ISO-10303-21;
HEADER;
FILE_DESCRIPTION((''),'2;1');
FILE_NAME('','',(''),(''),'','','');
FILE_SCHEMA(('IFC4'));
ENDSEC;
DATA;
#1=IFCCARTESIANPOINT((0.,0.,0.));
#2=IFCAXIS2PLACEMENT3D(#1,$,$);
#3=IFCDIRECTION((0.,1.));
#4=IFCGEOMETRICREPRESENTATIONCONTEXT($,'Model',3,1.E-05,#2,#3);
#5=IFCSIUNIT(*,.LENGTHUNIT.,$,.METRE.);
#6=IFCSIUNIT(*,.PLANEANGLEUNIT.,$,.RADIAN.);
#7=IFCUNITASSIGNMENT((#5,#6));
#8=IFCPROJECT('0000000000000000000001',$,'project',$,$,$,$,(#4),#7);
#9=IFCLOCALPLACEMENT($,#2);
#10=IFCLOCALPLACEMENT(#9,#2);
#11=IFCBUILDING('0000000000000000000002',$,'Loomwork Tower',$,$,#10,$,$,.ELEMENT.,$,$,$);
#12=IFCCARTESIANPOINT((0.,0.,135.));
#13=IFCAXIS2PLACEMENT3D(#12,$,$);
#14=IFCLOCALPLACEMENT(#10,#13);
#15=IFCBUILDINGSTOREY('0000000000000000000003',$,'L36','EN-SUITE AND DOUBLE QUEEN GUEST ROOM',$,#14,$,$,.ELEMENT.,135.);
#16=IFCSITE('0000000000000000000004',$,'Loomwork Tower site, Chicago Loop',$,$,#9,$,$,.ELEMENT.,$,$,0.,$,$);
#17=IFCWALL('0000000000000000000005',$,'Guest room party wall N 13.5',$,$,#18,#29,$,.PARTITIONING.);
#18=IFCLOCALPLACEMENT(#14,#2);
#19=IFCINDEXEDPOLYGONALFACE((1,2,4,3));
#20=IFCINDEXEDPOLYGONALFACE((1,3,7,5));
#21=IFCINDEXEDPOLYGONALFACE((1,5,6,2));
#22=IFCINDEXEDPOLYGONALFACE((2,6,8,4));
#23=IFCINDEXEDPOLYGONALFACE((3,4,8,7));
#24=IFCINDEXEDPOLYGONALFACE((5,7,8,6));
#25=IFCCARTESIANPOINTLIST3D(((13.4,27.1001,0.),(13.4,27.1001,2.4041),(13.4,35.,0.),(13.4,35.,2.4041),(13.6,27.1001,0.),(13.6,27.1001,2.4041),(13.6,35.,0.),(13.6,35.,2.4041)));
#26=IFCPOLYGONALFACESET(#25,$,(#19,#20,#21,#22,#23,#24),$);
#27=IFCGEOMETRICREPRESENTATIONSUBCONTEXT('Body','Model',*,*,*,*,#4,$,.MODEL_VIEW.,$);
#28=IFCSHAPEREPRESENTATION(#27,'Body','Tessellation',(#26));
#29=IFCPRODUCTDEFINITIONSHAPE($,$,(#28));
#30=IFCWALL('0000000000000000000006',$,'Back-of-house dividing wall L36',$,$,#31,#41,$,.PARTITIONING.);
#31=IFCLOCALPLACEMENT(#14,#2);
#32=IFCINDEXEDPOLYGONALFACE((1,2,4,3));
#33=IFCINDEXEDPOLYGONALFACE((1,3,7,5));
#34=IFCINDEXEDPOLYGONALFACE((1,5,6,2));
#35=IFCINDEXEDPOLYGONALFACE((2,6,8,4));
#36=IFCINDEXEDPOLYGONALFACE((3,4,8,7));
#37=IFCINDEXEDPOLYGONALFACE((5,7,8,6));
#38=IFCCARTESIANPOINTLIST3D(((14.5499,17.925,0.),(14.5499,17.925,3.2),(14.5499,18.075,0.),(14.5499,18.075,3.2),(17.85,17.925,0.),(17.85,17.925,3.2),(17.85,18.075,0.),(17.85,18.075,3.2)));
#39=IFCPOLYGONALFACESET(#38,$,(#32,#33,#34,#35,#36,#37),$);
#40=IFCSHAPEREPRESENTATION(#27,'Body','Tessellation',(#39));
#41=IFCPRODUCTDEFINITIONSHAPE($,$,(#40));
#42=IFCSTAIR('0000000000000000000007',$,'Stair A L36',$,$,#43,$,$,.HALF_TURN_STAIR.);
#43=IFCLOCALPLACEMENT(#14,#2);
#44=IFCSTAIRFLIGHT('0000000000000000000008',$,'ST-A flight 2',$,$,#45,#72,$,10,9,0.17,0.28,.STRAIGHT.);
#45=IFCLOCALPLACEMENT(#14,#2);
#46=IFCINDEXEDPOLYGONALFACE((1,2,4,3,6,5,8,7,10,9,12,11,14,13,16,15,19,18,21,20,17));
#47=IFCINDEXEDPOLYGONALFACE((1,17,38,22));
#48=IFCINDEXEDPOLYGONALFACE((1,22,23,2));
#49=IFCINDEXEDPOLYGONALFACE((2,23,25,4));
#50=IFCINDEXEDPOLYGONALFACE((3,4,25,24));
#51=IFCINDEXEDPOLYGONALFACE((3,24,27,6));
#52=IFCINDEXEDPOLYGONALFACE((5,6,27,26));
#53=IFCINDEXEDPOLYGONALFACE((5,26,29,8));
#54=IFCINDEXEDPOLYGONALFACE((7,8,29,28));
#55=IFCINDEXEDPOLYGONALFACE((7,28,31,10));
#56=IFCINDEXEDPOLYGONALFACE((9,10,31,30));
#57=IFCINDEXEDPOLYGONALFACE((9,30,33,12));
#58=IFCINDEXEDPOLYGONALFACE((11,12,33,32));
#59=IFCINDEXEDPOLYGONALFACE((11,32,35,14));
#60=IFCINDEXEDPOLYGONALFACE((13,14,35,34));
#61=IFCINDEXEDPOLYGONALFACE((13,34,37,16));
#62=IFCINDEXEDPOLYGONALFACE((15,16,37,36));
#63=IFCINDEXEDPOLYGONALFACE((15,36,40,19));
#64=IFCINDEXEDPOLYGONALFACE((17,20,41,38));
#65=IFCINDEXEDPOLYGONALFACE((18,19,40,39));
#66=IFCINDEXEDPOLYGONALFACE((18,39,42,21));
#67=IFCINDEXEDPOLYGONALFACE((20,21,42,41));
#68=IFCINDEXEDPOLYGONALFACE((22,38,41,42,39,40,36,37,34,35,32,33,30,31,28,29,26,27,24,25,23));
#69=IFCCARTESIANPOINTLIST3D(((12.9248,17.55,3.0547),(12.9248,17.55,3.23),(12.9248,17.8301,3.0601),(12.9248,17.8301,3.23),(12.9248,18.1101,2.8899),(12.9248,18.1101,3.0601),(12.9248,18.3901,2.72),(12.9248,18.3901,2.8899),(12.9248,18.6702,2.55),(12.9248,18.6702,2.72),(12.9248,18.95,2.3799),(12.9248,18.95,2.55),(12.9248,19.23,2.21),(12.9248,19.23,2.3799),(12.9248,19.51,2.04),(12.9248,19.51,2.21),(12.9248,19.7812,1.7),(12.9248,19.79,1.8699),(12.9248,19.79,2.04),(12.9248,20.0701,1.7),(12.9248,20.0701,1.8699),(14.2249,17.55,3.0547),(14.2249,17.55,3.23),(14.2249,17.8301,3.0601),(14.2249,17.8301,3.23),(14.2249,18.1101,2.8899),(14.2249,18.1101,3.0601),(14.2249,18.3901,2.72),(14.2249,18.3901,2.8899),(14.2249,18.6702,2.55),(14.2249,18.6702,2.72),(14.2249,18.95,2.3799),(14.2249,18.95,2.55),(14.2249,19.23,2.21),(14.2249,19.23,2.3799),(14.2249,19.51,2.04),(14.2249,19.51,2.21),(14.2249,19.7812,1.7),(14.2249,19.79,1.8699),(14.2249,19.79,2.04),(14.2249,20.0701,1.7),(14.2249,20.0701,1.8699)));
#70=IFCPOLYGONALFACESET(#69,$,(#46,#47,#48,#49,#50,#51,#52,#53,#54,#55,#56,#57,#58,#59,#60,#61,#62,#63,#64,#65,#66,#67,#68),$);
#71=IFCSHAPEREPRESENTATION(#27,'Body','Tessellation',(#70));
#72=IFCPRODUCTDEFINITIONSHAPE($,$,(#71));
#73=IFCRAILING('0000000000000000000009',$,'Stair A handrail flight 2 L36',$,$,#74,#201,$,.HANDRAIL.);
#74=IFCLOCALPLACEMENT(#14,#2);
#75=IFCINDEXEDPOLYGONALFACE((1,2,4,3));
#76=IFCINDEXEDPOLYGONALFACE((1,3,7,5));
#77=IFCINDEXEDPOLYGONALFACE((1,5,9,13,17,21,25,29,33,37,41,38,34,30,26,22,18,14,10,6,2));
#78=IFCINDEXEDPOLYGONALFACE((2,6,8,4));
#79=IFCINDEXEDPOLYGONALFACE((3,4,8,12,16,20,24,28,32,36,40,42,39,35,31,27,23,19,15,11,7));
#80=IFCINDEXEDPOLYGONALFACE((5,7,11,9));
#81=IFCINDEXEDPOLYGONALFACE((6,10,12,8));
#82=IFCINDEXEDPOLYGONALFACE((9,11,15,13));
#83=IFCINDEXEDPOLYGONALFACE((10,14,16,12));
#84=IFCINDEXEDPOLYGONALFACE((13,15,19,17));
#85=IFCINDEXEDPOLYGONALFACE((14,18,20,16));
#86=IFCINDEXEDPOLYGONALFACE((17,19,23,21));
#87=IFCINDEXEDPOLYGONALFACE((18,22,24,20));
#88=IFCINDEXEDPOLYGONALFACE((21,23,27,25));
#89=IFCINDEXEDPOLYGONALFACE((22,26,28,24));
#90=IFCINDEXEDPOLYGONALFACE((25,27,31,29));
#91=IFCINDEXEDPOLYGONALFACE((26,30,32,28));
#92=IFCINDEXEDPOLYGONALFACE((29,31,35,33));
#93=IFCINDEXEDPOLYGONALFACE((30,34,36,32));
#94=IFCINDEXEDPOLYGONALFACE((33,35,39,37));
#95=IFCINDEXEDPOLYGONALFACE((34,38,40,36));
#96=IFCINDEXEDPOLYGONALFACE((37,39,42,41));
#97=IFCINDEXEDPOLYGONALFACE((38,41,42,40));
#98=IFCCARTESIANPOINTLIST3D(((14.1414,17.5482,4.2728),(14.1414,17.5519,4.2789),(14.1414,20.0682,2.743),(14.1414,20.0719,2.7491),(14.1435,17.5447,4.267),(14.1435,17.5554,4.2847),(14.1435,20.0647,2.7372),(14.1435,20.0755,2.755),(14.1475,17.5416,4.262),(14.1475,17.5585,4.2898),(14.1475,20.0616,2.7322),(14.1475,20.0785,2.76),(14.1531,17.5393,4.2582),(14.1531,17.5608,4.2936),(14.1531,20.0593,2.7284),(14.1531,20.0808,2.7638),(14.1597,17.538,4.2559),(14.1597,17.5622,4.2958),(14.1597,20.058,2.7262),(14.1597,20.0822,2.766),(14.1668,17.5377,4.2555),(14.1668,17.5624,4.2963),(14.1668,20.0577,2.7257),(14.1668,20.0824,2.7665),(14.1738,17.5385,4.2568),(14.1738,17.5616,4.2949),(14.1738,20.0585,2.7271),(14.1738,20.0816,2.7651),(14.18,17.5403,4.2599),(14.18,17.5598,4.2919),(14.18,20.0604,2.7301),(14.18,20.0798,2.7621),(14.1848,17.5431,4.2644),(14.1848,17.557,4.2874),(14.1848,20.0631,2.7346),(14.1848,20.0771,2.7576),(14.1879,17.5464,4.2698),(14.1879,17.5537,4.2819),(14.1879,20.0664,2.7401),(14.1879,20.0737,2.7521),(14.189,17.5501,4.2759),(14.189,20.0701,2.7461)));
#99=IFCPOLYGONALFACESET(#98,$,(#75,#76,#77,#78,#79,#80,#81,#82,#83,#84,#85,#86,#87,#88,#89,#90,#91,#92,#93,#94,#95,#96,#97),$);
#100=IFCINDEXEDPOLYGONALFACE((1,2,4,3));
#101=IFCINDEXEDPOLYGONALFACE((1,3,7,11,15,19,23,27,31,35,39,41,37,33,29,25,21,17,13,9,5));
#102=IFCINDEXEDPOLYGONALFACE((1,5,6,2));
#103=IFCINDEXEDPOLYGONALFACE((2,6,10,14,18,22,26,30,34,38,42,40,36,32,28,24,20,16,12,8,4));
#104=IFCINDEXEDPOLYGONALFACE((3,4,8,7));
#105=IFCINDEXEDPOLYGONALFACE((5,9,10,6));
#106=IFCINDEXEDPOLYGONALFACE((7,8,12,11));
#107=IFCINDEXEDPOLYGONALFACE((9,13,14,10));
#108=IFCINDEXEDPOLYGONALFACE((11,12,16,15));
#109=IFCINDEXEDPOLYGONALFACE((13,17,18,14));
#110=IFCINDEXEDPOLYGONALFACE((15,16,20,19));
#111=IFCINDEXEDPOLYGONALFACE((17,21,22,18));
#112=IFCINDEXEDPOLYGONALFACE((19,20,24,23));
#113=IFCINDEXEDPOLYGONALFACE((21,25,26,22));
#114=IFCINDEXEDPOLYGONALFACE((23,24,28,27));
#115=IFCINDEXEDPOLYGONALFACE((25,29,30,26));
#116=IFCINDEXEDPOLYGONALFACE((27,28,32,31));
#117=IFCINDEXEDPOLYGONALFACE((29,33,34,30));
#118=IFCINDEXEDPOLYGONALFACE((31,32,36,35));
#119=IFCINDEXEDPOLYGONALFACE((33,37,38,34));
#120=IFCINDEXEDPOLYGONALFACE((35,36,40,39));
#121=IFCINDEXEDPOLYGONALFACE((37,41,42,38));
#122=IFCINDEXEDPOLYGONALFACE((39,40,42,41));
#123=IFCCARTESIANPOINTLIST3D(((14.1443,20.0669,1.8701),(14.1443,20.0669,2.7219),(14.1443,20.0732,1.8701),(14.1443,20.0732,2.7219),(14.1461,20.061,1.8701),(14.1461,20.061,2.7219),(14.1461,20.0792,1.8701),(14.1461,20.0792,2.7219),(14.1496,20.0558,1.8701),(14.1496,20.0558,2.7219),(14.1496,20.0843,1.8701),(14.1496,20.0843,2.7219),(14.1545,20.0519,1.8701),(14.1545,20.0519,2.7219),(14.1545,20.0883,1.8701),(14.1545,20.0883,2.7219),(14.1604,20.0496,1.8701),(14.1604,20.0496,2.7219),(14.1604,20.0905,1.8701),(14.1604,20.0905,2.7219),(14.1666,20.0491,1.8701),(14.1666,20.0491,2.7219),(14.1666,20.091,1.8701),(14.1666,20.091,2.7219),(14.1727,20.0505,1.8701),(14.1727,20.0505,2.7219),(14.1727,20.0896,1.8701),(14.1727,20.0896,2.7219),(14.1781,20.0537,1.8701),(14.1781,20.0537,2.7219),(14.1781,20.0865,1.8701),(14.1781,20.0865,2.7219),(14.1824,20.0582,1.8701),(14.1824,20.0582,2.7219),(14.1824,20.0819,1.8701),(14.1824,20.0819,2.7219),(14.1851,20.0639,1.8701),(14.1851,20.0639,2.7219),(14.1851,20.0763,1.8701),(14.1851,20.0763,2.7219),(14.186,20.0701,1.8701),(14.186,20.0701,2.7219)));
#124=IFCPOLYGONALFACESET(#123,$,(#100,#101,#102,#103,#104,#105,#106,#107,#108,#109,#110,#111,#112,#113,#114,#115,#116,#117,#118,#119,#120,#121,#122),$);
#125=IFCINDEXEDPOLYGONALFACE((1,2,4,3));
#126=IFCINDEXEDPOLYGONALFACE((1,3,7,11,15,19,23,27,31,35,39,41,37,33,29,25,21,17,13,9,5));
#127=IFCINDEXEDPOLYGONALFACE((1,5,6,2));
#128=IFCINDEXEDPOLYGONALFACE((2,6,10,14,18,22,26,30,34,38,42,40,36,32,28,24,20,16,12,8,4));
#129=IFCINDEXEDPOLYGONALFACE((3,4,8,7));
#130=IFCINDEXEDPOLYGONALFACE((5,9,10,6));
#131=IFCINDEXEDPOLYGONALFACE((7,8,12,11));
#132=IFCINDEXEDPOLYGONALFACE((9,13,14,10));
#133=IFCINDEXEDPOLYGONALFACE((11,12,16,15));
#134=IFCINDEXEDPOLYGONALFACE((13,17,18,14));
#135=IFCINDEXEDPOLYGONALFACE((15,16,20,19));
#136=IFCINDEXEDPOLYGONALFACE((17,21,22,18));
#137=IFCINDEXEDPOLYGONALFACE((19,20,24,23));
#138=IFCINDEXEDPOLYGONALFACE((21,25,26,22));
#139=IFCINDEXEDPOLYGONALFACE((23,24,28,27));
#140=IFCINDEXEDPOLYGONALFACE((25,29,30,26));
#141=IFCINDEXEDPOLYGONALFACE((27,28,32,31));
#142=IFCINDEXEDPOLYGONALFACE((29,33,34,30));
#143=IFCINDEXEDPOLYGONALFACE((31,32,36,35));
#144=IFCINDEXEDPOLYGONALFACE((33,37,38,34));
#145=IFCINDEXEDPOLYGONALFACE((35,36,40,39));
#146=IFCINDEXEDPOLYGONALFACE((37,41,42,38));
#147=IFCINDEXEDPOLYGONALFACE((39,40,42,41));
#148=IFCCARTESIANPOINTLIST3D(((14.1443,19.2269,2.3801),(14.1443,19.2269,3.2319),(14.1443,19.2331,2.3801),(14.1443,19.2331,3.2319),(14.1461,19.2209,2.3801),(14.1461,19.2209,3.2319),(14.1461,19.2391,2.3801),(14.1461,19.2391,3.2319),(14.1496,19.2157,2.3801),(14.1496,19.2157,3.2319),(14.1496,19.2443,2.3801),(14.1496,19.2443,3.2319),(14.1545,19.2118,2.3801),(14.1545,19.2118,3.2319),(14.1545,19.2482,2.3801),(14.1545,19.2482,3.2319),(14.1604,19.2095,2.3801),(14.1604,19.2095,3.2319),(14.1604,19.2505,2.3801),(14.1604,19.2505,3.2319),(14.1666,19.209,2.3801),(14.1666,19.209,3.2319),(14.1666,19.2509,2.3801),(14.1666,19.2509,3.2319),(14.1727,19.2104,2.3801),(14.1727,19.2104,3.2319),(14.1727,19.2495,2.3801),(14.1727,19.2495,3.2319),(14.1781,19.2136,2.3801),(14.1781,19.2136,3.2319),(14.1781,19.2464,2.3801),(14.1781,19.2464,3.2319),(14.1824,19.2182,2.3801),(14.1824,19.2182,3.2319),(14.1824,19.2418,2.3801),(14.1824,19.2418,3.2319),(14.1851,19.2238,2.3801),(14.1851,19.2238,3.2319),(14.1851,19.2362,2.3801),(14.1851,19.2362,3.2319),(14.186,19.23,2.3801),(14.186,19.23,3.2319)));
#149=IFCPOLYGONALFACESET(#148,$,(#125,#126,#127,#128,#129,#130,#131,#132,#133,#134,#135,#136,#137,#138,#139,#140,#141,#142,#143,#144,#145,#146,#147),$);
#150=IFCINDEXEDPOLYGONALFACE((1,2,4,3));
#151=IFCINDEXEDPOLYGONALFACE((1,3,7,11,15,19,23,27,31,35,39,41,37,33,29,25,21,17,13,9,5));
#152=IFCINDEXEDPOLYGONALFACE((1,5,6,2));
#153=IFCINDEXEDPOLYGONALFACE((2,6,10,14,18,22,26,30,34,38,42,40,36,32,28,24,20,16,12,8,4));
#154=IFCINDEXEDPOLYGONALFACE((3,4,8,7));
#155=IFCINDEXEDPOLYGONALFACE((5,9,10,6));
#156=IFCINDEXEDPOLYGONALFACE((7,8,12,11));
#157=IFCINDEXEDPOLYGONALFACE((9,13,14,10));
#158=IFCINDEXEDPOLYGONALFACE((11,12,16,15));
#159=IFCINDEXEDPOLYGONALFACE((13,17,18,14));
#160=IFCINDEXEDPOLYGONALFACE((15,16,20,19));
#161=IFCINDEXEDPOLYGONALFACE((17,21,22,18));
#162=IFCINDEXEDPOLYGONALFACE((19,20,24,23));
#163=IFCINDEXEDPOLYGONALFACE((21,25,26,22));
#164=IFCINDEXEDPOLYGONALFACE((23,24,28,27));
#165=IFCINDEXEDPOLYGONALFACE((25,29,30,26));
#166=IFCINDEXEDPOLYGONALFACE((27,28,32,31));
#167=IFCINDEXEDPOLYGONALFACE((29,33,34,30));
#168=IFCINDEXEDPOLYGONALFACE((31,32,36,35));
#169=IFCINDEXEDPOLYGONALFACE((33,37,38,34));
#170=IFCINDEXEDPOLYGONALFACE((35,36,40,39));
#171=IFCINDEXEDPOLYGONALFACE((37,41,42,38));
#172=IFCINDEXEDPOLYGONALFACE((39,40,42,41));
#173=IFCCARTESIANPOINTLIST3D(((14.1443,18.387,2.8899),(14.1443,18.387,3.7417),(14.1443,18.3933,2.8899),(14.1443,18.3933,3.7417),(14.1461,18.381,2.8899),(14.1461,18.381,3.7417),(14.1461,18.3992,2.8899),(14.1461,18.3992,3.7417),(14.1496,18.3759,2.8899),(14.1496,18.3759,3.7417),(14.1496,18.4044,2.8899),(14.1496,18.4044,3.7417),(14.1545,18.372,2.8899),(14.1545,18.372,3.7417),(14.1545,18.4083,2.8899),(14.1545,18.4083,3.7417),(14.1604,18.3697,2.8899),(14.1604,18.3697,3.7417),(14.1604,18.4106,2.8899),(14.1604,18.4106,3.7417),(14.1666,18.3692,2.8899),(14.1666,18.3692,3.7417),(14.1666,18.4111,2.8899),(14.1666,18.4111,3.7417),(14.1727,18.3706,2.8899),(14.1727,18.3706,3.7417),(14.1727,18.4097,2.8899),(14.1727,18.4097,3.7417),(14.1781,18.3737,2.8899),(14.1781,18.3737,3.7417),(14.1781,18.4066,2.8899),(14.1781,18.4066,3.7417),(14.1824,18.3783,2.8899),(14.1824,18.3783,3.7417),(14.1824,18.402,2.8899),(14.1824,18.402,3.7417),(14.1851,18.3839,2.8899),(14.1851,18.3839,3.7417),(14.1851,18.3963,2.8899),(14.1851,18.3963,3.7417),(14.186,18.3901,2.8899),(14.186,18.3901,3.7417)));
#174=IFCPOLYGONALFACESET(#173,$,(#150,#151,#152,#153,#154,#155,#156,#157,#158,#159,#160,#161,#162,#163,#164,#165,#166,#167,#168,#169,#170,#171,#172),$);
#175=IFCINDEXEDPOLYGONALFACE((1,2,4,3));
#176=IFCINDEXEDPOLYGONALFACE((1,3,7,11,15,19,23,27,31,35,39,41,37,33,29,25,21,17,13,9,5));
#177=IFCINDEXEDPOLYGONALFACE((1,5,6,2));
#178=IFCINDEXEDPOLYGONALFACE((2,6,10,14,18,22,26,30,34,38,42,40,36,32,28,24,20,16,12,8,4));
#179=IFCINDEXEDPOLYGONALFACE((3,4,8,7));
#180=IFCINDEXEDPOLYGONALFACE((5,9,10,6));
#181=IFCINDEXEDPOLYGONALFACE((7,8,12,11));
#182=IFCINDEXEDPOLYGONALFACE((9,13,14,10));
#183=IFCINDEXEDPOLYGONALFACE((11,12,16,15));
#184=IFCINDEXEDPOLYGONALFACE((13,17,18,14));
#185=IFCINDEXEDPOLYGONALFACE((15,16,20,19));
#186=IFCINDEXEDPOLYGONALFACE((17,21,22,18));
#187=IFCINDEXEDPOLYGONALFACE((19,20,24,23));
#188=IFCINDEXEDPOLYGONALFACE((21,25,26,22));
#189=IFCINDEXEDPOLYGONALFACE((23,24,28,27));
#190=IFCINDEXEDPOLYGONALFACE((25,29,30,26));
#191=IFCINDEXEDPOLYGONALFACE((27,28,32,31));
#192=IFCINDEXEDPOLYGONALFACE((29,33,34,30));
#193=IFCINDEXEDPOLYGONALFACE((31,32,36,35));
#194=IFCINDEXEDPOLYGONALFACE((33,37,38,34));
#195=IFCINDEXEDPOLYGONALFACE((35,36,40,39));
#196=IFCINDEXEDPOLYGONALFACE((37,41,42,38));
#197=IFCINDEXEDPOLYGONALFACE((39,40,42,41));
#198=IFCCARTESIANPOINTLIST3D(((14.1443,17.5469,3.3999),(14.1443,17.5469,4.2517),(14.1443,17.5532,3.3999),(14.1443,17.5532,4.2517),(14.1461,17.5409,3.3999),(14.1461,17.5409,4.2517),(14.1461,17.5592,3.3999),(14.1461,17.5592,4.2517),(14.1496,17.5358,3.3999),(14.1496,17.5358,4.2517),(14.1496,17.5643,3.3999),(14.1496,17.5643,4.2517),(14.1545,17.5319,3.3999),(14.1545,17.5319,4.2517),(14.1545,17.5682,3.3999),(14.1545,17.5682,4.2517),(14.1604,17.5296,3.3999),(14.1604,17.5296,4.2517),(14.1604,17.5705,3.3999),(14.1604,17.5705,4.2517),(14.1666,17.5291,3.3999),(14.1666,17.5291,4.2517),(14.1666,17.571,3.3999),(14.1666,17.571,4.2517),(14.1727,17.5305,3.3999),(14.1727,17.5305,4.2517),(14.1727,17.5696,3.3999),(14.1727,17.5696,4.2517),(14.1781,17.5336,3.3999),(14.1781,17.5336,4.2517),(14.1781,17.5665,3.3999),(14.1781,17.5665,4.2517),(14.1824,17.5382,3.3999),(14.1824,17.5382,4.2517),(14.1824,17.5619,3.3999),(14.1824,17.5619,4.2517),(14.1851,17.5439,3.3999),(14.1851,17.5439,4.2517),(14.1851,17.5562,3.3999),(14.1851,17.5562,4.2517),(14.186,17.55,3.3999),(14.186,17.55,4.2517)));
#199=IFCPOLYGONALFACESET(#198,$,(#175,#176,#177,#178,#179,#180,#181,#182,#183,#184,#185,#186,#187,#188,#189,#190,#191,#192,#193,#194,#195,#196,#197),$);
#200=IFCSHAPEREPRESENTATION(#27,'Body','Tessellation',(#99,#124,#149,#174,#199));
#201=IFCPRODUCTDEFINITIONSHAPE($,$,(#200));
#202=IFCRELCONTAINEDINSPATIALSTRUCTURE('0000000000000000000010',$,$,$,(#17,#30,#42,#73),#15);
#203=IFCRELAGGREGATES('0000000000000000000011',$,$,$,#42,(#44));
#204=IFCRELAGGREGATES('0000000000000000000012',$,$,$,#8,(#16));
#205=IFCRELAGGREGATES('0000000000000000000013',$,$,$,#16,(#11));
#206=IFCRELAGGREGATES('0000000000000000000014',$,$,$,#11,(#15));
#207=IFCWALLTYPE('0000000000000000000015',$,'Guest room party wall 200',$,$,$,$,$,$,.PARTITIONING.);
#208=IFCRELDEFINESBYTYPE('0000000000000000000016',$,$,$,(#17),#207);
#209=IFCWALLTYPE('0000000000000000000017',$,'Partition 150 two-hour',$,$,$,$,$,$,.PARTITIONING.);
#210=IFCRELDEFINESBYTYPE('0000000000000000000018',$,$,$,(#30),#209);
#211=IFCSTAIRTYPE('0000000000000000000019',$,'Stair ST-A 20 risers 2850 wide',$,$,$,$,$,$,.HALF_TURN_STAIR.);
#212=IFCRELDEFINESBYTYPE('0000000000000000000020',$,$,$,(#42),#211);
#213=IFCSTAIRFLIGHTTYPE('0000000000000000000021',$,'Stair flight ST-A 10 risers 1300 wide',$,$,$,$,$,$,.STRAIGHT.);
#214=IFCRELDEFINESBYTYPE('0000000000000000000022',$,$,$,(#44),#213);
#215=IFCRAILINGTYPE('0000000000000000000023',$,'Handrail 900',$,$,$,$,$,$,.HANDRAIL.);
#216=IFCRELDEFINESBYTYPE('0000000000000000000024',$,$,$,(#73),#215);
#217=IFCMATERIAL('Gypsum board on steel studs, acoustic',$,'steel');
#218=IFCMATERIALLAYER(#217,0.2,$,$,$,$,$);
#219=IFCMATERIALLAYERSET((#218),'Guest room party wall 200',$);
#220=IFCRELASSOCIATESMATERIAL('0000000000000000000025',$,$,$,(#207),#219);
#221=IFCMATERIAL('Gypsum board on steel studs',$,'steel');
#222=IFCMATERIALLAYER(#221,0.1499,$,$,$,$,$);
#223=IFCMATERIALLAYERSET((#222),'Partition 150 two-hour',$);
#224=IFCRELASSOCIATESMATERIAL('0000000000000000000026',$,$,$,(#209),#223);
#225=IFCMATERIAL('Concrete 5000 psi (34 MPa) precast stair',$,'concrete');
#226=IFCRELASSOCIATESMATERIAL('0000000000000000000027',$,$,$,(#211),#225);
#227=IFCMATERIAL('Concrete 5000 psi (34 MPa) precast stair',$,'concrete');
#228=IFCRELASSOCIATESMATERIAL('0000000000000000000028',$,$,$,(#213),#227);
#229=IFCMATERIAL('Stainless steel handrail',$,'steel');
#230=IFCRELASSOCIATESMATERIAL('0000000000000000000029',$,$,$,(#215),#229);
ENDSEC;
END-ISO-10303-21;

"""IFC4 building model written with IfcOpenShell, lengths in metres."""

from ifc_helpers import new_model, si_unit, direction, frame, frame_2d, origin, origin_2d, place, context, subcontext, project, spatial, polyline, rectangle, circle, outline, extrude, material, layer, layer_set, type_object, element, aggregate, save


model = new_model("IFC4")

# Units and contexts
model_context = context("Model", 3, precision=1e-05, world=origin(), true_north=direction((0.0, 1.0)))
body_context = subcontext(model_context, "Body", "Model", "MODEL_VIEW")
ifc_project = project(units=[si_unit("LENGTHUNIT", "METRE"), si_unit("PLANEANGLEUNIT", "RADIAN")], contexts=[model_context])

# Site, building, storey
site_placement = place(None, origin())
site = spatial("IfcSite", under=ifc_project, at=site_placement, Name="Loomwork Tower site, Chicago Loop", CompositionType="ELEMENT", RefElevation=0.0)
building_placement = place(site_placement, origin())
building = spatial("IfcBuilding", under=site, at=building_placement, Name="Loomwork Tower", CompositionType="ELEMENT")
storey_placement = place(building_placement, frame((0.0, 0.0, 135.0)))
storey = spatial("IfcBuildingStorey", under=building, at=storey_placement, Name="L36", Description="EN-SUITE AND DOUBLE QUEEN GUEST ROOM", CompositionType="ELEMENT", Elevation=135.0)

# Walls
ifc_material_1 = material(Name="Gypsum board on steel studs, acoustic", Category="steel")
ifc_layer_1 = layer(ifc_material_1, 0.2)
ifc_layer_set_1 = layer_set([ifc_layer_1], Name="Guest room party wall 200")
wall_type_1 = type_object("IfcWallType", Name="Guest room party wall 200", PredefinedType="PARTITIONING", material=ifc_layer_set_1)
wall_1_placement = place(storey_placement, frame((13.5, 27.1001, 0.0), z_axis=(0.0, 0.0, 1.0), x_axis=(0.0, 1.0, 0.0)))
element("IfcWall", 1, at=wall_1_placement, inside=storey, type_object=wall_type_1, Name="Guest room party wall N 13.5", PredefinedType="PARTITIONING", context=body_context, shape_type="SweptSolid", body=[
    extrude(rectangle(XDim=7.8999, YDim=0.2, at=frame_2d((3.95, 0.0))), origin(), (0.0, 0.0, 1.0), 2.4041),
])
ifc_material_2 = material(Name="Gypsum board on steel studs", Category="steel")
ifc_layer_2 = layer(ifc_material_2, 0.1499)
ifc_layer_set_2 = layer_set([ifc_layer_2], Name="Partition 150 two-hour")
wall_type_2 = type_object("IfcWallType", Name="Partition 150 two-hour", PredefinedType="PARTITIONING", material=ifc_layer_set_2)
wall_2_placement = place(storey_placement, frame((14.55, 18.0, 0.0), z_axis=(0.0, 0.0, 1.0), x_axis=(1.0, 0.0, 0.0)))
element("IfcWall", 2, at=wall_2_placement, inside=storey, type_object=wall_type_2, Name="Back-of-house dividing wall L36", PredefinedType="PARTITIONING", context=body_context, shape_type="SweptSolid", body=[
    extrude(rectangle(XDim=3.3, YDim=0.1499, at=frame_2d((1.6499, 0.0))), origin(), (0.0, 0.0, 1.0), 3.2),
])

# Stair, stair flight
ifc_material_3 = material(Name="Concrete 5000 psi (34 MPa) precast stair", Category="concrete")
stair_type = type_object("IfcStairType", Name="Stair ST-A 20 risers 2850 wide", PredefinedType="HALF_TURN_STAIR", material=ifc_material_3)
stair_placement = place(storey_placement, origin())
stair = element("IfcStair", 3, at=stair_placement, inside=storey, type_object=stair_type, Name="Stair A L36", PredefinedType="HALF_TURN_STAIR")
ifc_material_4 = material(Name="Concrete 5000 psi (34 MPa) precast stair", Category="concrete")
stair_flight_type = type_object("IfcStairFlightType", Name="Stair flight ST-A 10 risers 1300 wide", PredefinedType="STRAIGHT", material=ifc_material_4)
stair_flight_placement = place(storey_placement, frame((13.575, 20.0701, 1.7), z_axis=(0.0, 0.0, 1.0), x_axis=(0.0, -1.0, 0.0)))
stair_flight = element("IfcStairFlight", 4, at=stair_flight_placement, type_object=stair_flight_type, Name="ST-A flight 2", NumberOfRisers=10, NumberOfTreads=9, PredefinedType="STRAIGHT", RiserHeight=0.17, TreadLength=0.28, context=body_context, shape_type="SweptSolid", body=[
    extrude(outline(polyline([(0.0, 0.0), (0.0, 0.1699), (0.28, 0.1699), (0.28, 0.3401), (0.5601, 0.3401), (0.5601, 0.51), (0.8401, 0.51), (0.8401, 0.6799), (1.1201, 0.6799), (1.1201, 0.8501), (1.3999, 0.8501), (1.3999, 1.02), (1.6799, 1.02), (1.6799, 1.1899), (1.96, 1.1899), (1.96, 1.3601), (2.24, 1.3601), (2.24, 1.53), (2.52, 1.53), (2.52, 1.7), (2.52, 1.3547), (0.2888, 0.0), (0.0, 0.0)])), frame((0.0, 0.6499, 0.0), z_axis=(0.0, -1.0, 0.0), x_axis=(1.0, 0.0, 0.0)), (0.0, 0.0, 1.0), 1.3),
])
aggregate(stair, [stair_flight])

# Railing
ifc_material_5 = material(Name="Stainless steel handrail", Category="steel")
railing_type = type_object("IfcRailingType", Name="Handrail 900", PredefinedType="HANDRAIL", material=ifc_material_5)
railing_placement = place(storey_placement, frame((14.165, 20.0701, 1.8701)))
element("IfcRailing", 5, at=railing_placement, inside=storey, type_object=railing_type, Name="Stair A handrail flight 2 L36", PredefinedType="HANDRAIL", context=body_context, shape_type="SweptSolid", body=[
    extrude(circle(Radius=0.0239, at=origin_2d()), frame((0.0, 0.0, 0.876), z_axis=(0.0, -0.854822, 0.518922), x_axis=(1.0, 0.0, 0.0)), (0.0, 0.0, 1.0), 2.948),
    extrude(circle(Radius=0.021, at=origin_2d()), origin(), (0.0, 0.0, 1.0), 0.8518),
    extrude(circle(Radius=0.021, at=origin_2d()), frame((0.0, -0.8401, 0.51)), (0.0, 0.0, 1.0), 0.8518),
    extrude(circle(Radius=0.021, at=origin_2d()), frame((0.0, -1.6799, 1.0198)), (0.0, 0.0, 1.0), 0.8518),
    extrude(circle(Radius=0.021, at=origin_2d()), frame((0.0, -2.52, 1.5298)), (0.0, 0.0, 1.0), 0.8518),
])

save(model, "model.ifc")
